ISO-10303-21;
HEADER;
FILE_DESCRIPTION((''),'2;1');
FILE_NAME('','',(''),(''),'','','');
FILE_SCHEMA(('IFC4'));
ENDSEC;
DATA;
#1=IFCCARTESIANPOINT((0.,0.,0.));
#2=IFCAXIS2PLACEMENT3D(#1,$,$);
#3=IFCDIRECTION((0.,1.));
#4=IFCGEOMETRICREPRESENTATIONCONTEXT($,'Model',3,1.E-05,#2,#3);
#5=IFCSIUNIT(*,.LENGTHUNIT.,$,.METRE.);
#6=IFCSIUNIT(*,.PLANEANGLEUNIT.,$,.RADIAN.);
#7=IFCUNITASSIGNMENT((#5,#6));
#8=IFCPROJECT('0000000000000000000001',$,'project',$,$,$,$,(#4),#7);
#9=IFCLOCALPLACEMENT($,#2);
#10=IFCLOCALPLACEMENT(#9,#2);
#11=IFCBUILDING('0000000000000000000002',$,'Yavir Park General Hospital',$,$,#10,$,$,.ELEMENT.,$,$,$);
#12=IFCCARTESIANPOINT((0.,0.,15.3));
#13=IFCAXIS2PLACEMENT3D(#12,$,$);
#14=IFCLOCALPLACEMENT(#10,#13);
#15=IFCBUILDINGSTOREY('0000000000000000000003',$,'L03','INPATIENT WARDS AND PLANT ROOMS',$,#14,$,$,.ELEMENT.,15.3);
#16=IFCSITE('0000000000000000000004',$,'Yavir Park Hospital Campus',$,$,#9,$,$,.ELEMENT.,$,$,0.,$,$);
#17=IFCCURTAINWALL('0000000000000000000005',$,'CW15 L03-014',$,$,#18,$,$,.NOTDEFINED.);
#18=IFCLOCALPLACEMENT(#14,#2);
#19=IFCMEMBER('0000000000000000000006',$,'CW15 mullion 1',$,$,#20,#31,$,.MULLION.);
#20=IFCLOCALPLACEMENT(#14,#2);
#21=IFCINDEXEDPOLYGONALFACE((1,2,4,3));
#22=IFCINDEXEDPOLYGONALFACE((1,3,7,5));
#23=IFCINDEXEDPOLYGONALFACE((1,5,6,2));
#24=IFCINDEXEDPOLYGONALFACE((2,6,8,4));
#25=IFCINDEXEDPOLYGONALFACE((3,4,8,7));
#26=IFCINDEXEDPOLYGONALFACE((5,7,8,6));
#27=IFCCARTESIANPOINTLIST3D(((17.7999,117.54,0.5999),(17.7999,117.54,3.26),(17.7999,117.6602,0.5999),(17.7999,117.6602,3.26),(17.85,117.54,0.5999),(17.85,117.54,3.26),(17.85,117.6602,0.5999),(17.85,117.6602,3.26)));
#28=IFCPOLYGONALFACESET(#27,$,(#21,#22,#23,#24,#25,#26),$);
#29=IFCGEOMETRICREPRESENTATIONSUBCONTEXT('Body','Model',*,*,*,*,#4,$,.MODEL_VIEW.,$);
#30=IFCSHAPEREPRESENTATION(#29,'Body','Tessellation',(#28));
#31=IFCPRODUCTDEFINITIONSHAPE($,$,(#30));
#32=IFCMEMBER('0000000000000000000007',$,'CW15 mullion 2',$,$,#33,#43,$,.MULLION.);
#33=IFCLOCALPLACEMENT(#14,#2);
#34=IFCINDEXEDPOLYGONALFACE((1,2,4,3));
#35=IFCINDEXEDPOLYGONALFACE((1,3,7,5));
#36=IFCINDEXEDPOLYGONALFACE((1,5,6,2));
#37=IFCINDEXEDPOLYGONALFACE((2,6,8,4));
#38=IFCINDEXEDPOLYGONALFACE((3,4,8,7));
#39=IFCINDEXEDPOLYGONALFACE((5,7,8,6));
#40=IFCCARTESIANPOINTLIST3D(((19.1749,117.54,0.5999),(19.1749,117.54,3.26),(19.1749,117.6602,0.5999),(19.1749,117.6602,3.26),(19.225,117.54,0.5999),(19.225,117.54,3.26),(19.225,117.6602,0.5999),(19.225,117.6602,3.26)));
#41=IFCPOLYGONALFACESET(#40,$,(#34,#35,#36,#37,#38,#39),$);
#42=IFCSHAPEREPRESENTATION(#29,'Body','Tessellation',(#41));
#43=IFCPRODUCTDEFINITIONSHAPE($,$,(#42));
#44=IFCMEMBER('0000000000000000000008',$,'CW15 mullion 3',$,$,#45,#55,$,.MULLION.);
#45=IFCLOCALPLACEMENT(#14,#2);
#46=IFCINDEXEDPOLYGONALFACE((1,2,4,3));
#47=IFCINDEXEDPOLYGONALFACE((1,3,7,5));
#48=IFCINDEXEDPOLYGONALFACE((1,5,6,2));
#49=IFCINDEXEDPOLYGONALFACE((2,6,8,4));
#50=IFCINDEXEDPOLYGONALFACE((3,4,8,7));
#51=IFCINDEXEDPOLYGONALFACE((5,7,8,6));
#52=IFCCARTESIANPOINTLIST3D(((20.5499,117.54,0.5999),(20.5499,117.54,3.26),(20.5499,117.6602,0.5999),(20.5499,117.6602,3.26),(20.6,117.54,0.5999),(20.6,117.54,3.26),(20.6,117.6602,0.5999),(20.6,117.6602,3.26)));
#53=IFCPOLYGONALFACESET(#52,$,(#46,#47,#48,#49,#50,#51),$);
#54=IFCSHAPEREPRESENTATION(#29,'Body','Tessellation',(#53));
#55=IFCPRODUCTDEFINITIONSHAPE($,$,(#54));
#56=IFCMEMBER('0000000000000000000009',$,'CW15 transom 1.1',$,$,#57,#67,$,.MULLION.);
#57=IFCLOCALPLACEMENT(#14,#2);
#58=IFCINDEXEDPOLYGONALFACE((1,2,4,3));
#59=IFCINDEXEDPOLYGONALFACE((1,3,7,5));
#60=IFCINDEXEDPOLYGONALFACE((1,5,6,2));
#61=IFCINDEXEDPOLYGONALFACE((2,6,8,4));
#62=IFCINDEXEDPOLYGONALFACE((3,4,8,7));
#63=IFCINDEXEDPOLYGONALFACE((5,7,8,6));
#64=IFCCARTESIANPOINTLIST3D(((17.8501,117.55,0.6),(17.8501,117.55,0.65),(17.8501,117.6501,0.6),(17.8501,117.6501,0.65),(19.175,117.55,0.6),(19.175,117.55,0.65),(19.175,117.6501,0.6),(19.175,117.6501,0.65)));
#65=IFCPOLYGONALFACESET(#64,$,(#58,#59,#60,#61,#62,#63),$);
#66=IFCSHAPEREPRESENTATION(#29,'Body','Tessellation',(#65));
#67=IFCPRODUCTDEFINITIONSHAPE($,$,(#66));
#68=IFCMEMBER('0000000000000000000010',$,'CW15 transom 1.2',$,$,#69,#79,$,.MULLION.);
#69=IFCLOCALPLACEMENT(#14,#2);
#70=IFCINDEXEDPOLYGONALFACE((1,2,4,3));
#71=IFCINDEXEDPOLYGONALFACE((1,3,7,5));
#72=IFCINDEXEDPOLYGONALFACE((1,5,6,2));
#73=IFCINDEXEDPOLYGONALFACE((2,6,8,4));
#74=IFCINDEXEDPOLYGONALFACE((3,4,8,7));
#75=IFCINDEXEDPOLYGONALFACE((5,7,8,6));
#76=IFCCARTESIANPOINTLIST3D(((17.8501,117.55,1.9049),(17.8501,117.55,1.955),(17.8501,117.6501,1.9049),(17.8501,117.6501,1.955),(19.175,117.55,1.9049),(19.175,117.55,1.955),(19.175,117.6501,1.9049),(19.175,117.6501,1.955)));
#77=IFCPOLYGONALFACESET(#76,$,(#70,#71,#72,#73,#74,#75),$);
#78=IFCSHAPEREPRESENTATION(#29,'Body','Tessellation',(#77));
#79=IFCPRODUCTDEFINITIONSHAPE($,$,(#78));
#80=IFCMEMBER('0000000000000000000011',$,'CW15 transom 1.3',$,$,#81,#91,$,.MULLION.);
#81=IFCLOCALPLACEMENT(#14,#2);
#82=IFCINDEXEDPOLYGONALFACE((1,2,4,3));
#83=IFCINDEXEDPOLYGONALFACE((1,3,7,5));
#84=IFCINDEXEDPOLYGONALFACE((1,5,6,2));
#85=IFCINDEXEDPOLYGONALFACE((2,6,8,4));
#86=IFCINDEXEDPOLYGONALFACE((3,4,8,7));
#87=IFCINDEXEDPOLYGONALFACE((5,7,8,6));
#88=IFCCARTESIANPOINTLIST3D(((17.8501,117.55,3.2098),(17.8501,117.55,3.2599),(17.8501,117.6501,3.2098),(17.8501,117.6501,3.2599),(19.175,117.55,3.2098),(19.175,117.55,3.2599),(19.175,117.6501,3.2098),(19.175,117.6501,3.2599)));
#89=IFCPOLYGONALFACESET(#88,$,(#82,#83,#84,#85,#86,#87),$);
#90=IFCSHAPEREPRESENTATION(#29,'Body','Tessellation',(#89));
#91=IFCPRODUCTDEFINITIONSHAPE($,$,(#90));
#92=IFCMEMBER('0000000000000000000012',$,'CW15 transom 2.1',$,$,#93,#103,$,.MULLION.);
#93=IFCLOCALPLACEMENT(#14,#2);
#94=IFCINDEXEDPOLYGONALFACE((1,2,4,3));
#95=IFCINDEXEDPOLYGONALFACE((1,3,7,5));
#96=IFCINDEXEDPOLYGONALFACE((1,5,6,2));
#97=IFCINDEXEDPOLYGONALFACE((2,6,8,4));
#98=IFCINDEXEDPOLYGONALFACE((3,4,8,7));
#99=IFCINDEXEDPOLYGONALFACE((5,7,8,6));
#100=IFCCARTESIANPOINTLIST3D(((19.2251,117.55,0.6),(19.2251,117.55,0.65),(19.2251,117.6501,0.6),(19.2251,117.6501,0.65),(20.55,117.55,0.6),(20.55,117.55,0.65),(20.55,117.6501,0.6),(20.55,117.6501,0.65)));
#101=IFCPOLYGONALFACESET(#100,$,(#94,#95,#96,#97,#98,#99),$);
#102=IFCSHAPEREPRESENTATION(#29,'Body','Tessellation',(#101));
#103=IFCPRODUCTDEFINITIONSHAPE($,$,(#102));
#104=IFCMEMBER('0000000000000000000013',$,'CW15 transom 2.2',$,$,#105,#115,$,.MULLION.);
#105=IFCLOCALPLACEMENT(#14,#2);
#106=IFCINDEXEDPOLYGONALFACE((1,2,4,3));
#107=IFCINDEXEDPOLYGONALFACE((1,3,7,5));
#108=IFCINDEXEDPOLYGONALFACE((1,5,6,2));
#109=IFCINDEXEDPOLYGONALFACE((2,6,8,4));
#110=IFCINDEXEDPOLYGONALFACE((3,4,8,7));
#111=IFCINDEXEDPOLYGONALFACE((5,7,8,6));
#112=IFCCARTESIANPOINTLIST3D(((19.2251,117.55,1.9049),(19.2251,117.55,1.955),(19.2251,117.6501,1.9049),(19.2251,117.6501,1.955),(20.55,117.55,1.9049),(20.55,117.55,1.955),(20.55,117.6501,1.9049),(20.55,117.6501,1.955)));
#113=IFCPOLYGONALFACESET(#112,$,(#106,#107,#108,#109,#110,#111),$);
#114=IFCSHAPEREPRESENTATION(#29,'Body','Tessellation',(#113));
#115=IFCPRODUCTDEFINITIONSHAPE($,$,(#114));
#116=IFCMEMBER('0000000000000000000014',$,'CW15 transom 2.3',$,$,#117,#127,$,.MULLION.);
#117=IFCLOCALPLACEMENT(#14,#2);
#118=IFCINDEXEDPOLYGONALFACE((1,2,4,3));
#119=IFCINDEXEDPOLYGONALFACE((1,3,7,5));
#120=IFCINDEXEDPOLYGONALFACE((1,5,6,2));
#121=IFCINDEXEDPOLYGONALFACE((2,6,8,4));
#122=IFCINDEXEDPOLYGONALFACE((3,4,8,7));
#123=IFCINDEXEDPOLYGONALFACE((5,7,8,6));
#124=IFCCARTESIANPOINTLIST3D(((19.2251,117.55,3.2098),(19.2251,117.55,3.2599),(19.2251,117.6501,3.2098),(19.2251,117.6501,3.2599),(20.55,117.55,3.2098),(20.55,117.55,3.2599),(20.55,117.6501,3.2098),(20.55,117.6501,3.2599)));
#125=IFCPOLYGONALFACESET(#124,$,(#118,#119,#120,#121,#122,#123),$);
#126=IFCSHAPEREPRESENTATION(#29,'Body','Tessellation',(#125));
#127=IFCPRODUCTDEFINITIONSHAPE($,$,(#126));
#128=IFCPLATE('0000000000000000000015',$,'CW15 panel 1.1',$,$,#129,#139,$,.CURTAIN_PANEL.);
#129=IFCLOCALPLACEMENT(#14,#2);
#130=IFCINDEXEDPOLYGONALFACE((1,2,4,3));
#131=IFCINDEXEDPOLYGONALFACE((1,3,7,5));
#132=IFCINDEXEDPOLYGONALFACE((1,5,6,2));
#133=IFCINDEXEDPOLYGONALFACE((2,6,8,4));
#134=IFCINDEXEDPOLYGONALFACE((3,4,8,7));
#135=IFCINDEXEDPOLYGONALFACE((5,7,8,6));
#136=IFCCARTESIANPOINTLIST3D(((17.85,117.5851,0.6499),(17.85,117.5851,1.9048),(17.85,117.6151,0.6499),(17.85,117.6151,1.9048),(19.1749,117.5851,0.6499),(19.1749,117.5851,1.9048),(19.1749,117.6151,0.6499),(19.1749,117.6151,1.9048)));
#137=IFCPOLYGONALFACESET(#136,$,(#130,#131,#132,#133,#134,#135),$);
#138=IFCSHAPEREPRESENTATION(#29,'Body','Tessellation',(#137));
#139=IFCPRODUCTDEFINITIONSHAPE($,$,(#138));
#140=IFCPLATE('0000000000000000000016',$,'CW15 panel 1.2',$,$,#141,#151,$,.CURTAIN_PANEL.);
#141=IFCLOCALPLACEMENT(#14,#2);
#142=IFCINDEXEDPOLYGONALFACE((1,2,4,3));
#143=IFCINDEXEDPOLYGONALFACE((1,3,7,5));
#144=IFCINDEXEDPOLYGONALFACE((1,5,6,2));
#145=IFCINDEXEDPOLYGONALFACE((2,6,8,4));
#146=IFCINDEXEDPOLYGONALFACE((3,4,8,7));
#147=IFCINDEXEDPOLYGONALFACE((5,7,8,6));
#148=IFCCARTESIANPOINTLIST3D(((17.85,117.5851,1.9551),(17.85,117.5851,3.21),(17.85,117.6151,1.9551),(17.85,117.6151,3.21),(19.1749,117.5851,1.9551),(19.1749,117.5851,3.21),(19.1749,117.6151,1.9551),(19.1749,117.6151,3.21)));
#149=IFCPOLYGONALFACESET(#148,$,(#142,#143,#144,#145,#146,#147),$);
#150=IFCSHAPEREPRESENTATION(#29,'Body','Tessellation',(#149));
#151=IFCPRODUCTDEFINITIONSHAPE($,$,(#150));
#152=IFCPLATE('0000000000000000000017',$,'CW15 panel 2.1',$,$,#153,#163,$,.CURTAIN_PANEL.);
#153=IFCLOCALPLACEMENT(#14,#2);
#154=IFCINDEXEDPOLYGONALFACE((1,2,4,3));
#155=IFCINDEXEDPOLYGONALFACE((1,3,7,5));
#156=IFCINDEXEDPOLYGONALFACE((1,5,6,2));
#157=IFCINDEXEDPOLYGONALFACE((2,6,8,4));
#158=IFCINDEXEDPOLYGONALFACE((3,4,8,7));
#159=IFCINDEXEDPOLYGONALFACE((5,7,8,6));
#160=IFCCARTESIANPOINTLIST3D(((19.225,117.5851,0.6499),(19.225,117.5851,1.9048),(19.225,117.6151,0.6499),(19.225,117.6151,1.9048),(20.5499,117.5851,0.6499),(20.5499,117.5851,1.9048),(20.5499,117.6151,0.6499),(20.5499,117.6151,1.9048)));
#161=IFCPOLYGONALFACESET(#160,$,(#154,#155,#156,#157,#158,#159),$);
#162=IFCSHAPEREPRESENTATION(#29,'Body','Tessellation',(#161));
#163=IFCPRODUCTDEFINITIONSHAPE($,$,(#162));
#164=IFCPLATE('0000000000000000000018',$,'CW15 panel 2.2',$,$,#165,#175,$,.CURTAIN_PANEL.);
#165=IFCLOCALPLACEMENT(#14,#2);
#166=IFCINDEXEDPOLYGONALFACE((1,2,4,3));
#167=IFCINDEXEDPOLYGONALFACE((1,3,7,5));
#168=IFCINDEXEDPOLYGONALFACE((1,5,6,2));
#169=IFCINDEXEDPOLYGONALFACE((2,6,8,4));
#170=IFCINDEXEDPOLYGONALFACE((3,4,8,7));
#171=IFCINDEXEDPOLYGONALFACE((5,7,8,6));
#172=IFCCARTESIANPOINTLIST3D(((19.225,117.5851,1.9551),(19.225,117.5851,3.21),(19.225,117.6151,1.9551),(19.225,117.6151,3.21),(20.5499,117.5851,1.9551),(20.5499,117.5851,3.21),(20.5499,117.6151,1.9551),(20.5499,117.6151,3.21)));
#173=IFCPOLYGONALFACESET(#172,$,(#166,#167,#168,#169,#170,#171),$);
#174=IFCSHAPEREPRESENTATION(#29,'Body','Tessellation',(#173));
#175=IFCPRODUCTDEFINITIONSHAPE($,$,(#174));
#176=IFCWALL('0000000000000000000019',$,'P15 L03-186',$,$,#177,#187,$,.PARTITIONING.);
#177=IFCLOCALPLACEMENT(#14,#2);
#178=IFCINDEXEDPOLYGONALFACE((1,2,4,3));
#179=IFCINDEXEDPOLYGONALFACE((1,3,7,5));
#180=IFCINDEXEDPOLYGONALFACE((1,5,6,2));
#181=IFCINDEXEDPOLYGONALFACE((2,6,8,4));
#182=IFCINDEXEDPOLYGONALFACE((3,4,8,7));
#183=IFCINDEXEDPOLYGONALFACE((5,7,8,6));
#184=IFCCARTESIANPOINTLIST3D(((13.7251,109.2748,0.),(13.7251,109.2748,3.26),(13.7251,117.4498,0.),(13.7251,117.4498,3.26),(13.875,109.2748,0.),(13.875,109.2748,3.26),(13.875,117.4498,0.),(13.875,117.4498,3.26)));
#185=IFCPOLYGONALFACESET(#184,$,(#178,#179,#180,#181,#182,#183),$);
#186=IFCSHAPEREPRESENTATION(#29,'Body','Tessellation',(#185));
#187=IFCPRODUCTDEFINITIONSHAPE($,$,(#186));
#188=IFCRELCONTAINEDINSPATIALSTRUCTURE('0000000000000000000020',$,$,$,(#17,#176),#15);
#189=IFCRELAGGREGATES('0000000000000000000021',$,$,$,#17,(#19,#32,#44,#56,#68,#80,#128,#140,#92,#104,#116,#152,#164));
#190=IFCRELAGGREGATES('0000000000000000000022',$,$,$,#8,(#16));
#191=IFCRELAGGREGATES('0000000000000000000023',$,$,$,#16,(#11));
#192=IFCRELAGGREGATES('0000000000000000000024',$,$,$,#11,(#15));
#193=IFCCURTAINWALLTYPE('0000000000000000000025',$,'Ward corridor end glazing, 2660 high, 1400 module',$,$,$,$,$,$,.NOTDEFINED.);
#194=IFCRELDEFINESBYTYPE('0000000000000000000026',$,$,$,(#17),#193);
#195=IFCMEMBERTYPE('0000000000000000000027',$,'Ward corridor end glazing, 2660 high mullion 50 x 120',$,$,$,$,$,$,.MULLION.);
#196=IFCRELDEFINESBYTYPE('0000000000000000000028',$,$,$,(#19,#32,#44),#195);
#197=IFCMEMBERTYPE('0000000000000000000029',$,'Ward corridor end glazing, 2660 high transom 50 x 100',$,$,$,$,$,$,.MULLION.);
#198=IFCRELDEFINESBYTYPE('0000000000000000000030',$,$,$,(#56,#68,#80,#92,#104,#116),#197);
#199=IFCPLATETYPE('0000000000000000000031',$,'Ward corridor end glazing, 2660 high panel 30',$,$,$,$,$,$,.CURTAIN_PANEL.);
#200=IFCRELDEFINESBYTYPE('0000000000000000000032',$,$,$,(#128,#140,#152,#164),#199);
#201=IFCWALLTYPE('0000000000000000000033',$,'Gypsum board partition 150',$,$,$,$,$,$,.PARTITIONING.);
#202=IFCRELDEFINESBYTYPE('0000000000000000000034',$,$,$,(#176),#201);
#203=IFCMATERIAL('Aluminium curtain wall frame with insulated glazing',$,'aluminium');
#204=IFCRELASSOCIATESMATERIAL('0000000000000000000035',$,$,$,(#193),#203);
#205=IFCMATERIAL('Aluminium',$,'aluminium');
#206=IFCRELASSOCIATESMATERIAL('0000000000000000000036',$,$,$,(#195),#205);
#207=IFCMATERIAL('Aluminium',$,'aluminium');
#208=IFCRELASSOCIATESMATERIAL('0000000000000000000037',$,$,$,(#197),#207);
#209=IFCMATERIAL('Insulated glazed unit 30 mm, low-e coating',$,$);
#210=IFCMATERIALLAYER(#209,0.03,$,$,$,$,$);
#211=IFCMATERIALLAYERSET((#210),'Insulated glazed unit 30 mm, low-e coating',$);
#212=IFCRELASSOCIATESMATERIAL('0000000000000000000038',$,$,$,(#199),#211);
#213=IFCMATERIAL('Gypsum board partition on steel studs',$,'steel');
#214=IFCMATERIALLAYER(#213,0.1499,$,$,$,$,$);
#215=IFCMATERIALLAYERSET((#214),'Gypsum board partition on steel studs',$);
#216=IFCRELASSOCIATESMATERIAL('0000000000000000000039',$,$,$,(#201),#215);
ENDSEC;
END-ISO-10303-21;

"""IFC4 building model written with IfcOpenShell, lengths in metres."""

from ifc_helpers import new_model, si_unit, direction, frame, frame_2d, origin, origin_2d, place, context, subcontext, project, spatial, rectangle, extrude, material, layer, layer_set, material_profile, profile_set, type_object, element, aggregate, save


model = new_model("IFC4")

# Units and contexts
model_context = context("Model", 3, precision=1e-05, world=origin(), true_north=direction((0.0, 1.0)))
body_context = subcontext(model_context, "Body", "Model", "MODEL_VIEW")
ifc_project = project(units=[si_unit("LENGTHUNIT", "METRE"), si_unit("PLANEANGLEUNIT", "RADIAN")], contexts=[model_context])

# Site, building, storey
site_placement = place(None, origin())
site = spatial("IfcSite", under=ifc_project, at=site_placement, Name="Yavir Park Hospital Campus", CompositionType="ELEMENT", RefElevation=0.0)
building_placement = place(site_placement, origin())
building = spatial("IfcBuilding", under=site, at=building_placement, Name="Yavir Park General Hospital", CompositionType="ELEMENT")
storey_placement = place(building_placement, frame((0.0, 0.0, 15.3)))
storey = spatial("IfcBuildingStorey", under=building, at=storey_placement, Name="L03", Description="INPATIENT WARDS AND PLANT ROOMS", CompositionType="ELEMENT", Elevation=15.3)

# Curtain wall, members, plates
ifc_material_1 = material(Name="Aluminium curtain wall frame with insulated glazing", Category="aluminium")
curtain_wall_type = type_object("IfcCurtainWallType", Name="Ward corridor end glazing, 2660 high, 1400 module", PredefinedType="NOTDEFINED", material=ifc_material_1)
curtain_wall_placement = place(storey_placement, origin())
curtain_wall = element("IfcCurtainWall", 1, at=curtain_wall_placement, inside=storey, type_object=curtain_wall_type, Name="CW15 L03-014", PredefinedType="NOTDEFINED")
ifc_material_2 = material(Name="Aluminium", Category="aluminium")
ifc_material_profile_1 = material_profile(ifc_material_2, rectangle(XDim=0.1201, YDim=0.05, at=origin_2d()), Name="AL 50x120")
ifc_profile_set_1 = profile_set([ifc_material_profile_1], Name="Aluminium")
member_type_1 = type_object("IfcMemberType", Name="Ward corridor end glazing, 2660 high mullion 50 x 120", PredefinedType="MULLION", material=ifc_profile_set_1)
member_1_placement = place(storey_placement, frame((17.825, 117.6001, 0.5999), z_axis=(0.0, 0.0, 1.0), x_axis=(0.0, 1.0, 0.0)))
member_1 = element("IfcMember", 2, at=member_1_placement, type_object=member_type_1, Name="CW15 mullion 1", PredefinedType="MULLION", context=body_context, shape_type="SweptSolid", body=[
    extrude(rectangle(XDim=0.1201, YDim=0.05, at=origin_2d()), origin(), (0.0, 0.0, 1.0), 2.6602),
])
member_2_placement = place(storey_placement, frame((19.2, 117.6001, 0.5999), z_axis=(0.0, 0.0, 1.0), x_axis=(0.0, 1.0, 0.0)))
member_2 = element("IfcMember", 3, at=member_2_placement, type_object=member_type_1, Name="CW15 mullion 2", PredefinedType="MULLION", context=body_context, shape_type="SweptSolid", body=[
    extrude(rectangle(XDim=0.1201, YDim=0.05, at=origin_2d()), origin(), (0.0, 0.0, 1.0), 2.6602),
])
member_3_placement = place(storey_placement, frame((20.575, 117.6001, 0.5999), z_axis=(0.0, 0.0, 1.0), x_axis=(0.0, 1.0, 0.0)))
member_3 = element("IfcMember", 4, at=member_3_placement, type_object=member_type_1, Name="CW15 mullion 3", PredefinedType="MULLION", context=body_context, shape_type="SweptSolid", body=[
    extrude(rectangle(XDim=0.1201, YDim=0.05, at=origin_2d()), origin(), (0.0, 0.0, 1.0), 2.6602),
])
ifc_material_3 = material(Name="Aluminium", Category="aluminium")
ifc_material_profile_2 = material_profile(ifc_material_3, rectangle(XDim=0.1001, YDim=0.05, at=origin_2d()), Name="AL 100x50")
ifc_profile_set_2 = profile_set([ifc_material_profile_2], Name="Aluminium")
member_type_2 = type_object("IfcMemberType", Name="Ward corridor end glazing, 2660 high transom 50 x 100", PredefinedType="MULLION", material=ifc_profile_set_2)
member_4_placement = place(storey_placement, frame((17.8501, 117.6001, 0.625), z_axis=(1.0, 0.0, 0.0), x_axis=(0.0, 1.0, 0.0)))
member_4 = element("IfcMember", 5, at=member_4_placement, type_object=member_type_2, Name="CW15 transom 1.1", PredefinedType="MULLION", context=body_context, shape_type="SweptSolid", body=[
    extrude(rectangle(XDim=0.1001, YDim=0.05, at=origin_2d()), origin(), (0.0, 0.0, 1.0), 1.325),
])
member_5_placement = place(storey_placement, frame((17.8501, 117.6001, 1.9299), z_axis=(1.0, 0.0, 0.0), x_axis=(0.0, 1.0, 0.0)))
member_5 = element("IfcMember", 6, at=member_5_placement, type_object=member_type_2, Name="CW15 transom 1.2", PredefinedType="MULLION", context=body_context, shape_type="SweptSolid", body=[
    extrude(rectangle(XDim=0.1001, YDim=0.05, at=origin_2d()), origin(), (0.0, 0.0, 1.0), 1.325),
])
member_6_placement = place(storey_placement, frame((17.8501, 117.6001, 3.2349), z_axis=(1.0, 0.0, 0.0), x_axis=(0.0, 1.0, 0.0)))
member_6 = element("IfcMember", 7, at=member_6_placement, type_object=member_type_2, Name="CW15 transom 1.3", PredefinedType="MULLION", context=body_context, shape_type="SweptSolid", body=[
    extrude(rectangle(XDim=0.1001, YDim=0.05, at=origin_2d()), origin(), (0.0, 0.0, 1.0), 1.325),
])
member_7_placement = place(storey_placement, frame((19.2251, 117.6001, 0.625), z_axis=(1.0, 0.0, 0.0), x_axis=(0.0, 1.0, 0.0)))
member_7 = element("IfcMember", 8, at=member_7_placement, type_object=member_type_2, Name="CW15 transom 2.1", PredefinedType="MULLION", context=body_context, shape_type="SweptSolid", body=[
    extrude(rectangle(XDim=0.1001, YDim=0.05, at=origin_2d()), origin(), (0.0, 0.0, 1.0), 1.325),
])
member_8_placement = place(storey_placement, frame((19.2251, 117.6001, 1.9299), z_axis=(1.0, 0.0, 0.0), x_axis=(0.0, 1.0, 0.0)))
member_8 = element("IfcMember", 9, at=member_8_placement, type_object=member_type_2, Name="CW15 transom 2.2", PredefinedType="MULLION", context=body_context, shape_type="SweptSolid", body=[
    extrude(rectangle(XDim=0.1001, YDim=0.05, at=origin_2d()), origin(), (0.0, 0.0, 1.0), 1.325),
])
member_9_placement = place(storey_placement, frame((19.2251, 117.6001, 3.2349), z_axis=(1.0, 0.0, 0.0), x_axis=(0.0, 1.0, 0.0)))
member_9 = element("IfcMember", 10, at=member_9_placement, type_object=member_type_2, Name="CW15 transom 2.3", PredefinedType="MULLION", context=body_context, shape_type="SweptSolid", body=[
    extrude(rectangle(XDim=0.1001, YDim=0.05, at=origin_2d()), origin(), (0.0, 0.0, 1.0), 1.325),
])
ifc_material_4 = material(Name="Insulated glazed unit 30 mm, low-e coating")
ifc_layer_1 = layer(ifc_material_4, 0.03)
ifc_layer_set_1 = layer_set([ifc_layer_1], Name="Insulated glazed unit 30 mm, low-e coating")
plate_type = type_object("IfcPlateType", Name="Ward corridor end glazing, 2660 high panel 30", PredefinedType="CURTAIN_PANEL", material=ifc_layer_set_1)
plate_1_placement = place(storey_placement, frame((18.5125, 117.6001, 0.6499), z_axis=(0.0, 0.0, 1.0), x_axis=(1.0, 0.0, 0.0)))
plate_1 = element("IfcPlate", 11, at=plate_1_placement, type_object=plate_type, Name="CW15 panel 1.1", PredefinedType="CURTAIN_PANEL", context=body_context, shape_type="SweptSolid", body=[
    extrude(rectangle(XDim=1.325, YDim=0.03, at=origin_2d()), origin(), (0.0, 0.0, 1.0), 1.2549),
])
plate_2_placement = place(storey_placement, frame((18.5125, 117.6001, 1.9551), z_axis=(0.0, 0.0, 1.0), x_axis=(1.0, 0.0, 0.0)))
plate_2 = element("IfcPlate", 12, at=plate_2_placement, type_object=plate_type, Name="CW15 panel 1.2", PredefinedType="CURTAIN_PANEL", context=body_context, shape_type="SweptSolid", body=[
    extrude(rectangle(XDim=1.325, YDim=0.03, at=origin_2d()), origin(), (0.0, 0.0, 1.0), 1.2549),
])
plate_3_placement = place(storey_placement, frame((19.8875, 117.6001, 0.6499), z_axis=(0.0, 0.0, 1.0), x_axis=(1.0, 0.0, 0.0)))
plate_3 = element("IfcPlate", 13, at=plate_3_placement, type_object=plate_type, Name="CW15 panel 2.1", PredefinedType="CURTAIN_PANEL", context=body_context, shape_type="SweptSolid", body=[
    extrude(rectangle(XDim=1.325, YDim=0.03, at=origin_2d()), origin(), (0.0, 0.0, 1.0), 1.2549),
])
plate_4_placement = place(storey_placement, frame((19.8875, 117.6001, 1.9551), z_axis=(0.0, 0.0, 1.0), x_axis=(1.0, 0.0, 0.0)))
plate_4 = element("IfcPlate", 14, at=plate_4_placement, type_object=plate_type, Name="CW15 panel 2.2", PredefinedType="CURTAIN_PANEL", context=body_context, shape_type="SweptSolid", body=[
    extrude(rectangle(XDim=1.325, YDim=0.03, at=origin_2d()), origin(), (0.0, 0.0, 1.0), 1.2549),
])
aggregate(curtain_wall, [member_1, member_2, member_3, member_4, member_5, member_6, plate_1, plate_2, member_7, member_8, member_9, plate_3, plate_4])

# Wall
ifc_material_5 = material(Name="Gypsum board partition on steel studs", Category="steel")
ifc_layer_2 = layer(ifc_material_5, 0.1499)
ifc_layer_set_2 = layer_set([ifc_layer_2], Name="Gypsum board partition on steel studs")
wall_type_1 = type_object("IfcWallType", Name="Gypsum board partition 150", PredefinedType="PARTITIONING", material=ifc_layer_set_2)
wall_1_placement = place(storey_placement, frame((13.8, 109.2749, 0.0), z_axis=(0.0, 0.0, 1.0), x_axis=(0.0, 1.0, 0.0)))
element("IfcWall", 15, at=wall_1_placement, inside=storey, type_object=wall_type_1, Name="P15 L03-186", PredefinedType="PARTITIONING", context=body_context, shape_type="SweptSolid", body=[
    extrude(rectangle(XDim=8.175, YDim=0.1499, at=frame_2d((4.0874, 0.0))), origin(), (0.0, 0.0, 1.0), 3.26),
])

save(model, "model.ifc")
